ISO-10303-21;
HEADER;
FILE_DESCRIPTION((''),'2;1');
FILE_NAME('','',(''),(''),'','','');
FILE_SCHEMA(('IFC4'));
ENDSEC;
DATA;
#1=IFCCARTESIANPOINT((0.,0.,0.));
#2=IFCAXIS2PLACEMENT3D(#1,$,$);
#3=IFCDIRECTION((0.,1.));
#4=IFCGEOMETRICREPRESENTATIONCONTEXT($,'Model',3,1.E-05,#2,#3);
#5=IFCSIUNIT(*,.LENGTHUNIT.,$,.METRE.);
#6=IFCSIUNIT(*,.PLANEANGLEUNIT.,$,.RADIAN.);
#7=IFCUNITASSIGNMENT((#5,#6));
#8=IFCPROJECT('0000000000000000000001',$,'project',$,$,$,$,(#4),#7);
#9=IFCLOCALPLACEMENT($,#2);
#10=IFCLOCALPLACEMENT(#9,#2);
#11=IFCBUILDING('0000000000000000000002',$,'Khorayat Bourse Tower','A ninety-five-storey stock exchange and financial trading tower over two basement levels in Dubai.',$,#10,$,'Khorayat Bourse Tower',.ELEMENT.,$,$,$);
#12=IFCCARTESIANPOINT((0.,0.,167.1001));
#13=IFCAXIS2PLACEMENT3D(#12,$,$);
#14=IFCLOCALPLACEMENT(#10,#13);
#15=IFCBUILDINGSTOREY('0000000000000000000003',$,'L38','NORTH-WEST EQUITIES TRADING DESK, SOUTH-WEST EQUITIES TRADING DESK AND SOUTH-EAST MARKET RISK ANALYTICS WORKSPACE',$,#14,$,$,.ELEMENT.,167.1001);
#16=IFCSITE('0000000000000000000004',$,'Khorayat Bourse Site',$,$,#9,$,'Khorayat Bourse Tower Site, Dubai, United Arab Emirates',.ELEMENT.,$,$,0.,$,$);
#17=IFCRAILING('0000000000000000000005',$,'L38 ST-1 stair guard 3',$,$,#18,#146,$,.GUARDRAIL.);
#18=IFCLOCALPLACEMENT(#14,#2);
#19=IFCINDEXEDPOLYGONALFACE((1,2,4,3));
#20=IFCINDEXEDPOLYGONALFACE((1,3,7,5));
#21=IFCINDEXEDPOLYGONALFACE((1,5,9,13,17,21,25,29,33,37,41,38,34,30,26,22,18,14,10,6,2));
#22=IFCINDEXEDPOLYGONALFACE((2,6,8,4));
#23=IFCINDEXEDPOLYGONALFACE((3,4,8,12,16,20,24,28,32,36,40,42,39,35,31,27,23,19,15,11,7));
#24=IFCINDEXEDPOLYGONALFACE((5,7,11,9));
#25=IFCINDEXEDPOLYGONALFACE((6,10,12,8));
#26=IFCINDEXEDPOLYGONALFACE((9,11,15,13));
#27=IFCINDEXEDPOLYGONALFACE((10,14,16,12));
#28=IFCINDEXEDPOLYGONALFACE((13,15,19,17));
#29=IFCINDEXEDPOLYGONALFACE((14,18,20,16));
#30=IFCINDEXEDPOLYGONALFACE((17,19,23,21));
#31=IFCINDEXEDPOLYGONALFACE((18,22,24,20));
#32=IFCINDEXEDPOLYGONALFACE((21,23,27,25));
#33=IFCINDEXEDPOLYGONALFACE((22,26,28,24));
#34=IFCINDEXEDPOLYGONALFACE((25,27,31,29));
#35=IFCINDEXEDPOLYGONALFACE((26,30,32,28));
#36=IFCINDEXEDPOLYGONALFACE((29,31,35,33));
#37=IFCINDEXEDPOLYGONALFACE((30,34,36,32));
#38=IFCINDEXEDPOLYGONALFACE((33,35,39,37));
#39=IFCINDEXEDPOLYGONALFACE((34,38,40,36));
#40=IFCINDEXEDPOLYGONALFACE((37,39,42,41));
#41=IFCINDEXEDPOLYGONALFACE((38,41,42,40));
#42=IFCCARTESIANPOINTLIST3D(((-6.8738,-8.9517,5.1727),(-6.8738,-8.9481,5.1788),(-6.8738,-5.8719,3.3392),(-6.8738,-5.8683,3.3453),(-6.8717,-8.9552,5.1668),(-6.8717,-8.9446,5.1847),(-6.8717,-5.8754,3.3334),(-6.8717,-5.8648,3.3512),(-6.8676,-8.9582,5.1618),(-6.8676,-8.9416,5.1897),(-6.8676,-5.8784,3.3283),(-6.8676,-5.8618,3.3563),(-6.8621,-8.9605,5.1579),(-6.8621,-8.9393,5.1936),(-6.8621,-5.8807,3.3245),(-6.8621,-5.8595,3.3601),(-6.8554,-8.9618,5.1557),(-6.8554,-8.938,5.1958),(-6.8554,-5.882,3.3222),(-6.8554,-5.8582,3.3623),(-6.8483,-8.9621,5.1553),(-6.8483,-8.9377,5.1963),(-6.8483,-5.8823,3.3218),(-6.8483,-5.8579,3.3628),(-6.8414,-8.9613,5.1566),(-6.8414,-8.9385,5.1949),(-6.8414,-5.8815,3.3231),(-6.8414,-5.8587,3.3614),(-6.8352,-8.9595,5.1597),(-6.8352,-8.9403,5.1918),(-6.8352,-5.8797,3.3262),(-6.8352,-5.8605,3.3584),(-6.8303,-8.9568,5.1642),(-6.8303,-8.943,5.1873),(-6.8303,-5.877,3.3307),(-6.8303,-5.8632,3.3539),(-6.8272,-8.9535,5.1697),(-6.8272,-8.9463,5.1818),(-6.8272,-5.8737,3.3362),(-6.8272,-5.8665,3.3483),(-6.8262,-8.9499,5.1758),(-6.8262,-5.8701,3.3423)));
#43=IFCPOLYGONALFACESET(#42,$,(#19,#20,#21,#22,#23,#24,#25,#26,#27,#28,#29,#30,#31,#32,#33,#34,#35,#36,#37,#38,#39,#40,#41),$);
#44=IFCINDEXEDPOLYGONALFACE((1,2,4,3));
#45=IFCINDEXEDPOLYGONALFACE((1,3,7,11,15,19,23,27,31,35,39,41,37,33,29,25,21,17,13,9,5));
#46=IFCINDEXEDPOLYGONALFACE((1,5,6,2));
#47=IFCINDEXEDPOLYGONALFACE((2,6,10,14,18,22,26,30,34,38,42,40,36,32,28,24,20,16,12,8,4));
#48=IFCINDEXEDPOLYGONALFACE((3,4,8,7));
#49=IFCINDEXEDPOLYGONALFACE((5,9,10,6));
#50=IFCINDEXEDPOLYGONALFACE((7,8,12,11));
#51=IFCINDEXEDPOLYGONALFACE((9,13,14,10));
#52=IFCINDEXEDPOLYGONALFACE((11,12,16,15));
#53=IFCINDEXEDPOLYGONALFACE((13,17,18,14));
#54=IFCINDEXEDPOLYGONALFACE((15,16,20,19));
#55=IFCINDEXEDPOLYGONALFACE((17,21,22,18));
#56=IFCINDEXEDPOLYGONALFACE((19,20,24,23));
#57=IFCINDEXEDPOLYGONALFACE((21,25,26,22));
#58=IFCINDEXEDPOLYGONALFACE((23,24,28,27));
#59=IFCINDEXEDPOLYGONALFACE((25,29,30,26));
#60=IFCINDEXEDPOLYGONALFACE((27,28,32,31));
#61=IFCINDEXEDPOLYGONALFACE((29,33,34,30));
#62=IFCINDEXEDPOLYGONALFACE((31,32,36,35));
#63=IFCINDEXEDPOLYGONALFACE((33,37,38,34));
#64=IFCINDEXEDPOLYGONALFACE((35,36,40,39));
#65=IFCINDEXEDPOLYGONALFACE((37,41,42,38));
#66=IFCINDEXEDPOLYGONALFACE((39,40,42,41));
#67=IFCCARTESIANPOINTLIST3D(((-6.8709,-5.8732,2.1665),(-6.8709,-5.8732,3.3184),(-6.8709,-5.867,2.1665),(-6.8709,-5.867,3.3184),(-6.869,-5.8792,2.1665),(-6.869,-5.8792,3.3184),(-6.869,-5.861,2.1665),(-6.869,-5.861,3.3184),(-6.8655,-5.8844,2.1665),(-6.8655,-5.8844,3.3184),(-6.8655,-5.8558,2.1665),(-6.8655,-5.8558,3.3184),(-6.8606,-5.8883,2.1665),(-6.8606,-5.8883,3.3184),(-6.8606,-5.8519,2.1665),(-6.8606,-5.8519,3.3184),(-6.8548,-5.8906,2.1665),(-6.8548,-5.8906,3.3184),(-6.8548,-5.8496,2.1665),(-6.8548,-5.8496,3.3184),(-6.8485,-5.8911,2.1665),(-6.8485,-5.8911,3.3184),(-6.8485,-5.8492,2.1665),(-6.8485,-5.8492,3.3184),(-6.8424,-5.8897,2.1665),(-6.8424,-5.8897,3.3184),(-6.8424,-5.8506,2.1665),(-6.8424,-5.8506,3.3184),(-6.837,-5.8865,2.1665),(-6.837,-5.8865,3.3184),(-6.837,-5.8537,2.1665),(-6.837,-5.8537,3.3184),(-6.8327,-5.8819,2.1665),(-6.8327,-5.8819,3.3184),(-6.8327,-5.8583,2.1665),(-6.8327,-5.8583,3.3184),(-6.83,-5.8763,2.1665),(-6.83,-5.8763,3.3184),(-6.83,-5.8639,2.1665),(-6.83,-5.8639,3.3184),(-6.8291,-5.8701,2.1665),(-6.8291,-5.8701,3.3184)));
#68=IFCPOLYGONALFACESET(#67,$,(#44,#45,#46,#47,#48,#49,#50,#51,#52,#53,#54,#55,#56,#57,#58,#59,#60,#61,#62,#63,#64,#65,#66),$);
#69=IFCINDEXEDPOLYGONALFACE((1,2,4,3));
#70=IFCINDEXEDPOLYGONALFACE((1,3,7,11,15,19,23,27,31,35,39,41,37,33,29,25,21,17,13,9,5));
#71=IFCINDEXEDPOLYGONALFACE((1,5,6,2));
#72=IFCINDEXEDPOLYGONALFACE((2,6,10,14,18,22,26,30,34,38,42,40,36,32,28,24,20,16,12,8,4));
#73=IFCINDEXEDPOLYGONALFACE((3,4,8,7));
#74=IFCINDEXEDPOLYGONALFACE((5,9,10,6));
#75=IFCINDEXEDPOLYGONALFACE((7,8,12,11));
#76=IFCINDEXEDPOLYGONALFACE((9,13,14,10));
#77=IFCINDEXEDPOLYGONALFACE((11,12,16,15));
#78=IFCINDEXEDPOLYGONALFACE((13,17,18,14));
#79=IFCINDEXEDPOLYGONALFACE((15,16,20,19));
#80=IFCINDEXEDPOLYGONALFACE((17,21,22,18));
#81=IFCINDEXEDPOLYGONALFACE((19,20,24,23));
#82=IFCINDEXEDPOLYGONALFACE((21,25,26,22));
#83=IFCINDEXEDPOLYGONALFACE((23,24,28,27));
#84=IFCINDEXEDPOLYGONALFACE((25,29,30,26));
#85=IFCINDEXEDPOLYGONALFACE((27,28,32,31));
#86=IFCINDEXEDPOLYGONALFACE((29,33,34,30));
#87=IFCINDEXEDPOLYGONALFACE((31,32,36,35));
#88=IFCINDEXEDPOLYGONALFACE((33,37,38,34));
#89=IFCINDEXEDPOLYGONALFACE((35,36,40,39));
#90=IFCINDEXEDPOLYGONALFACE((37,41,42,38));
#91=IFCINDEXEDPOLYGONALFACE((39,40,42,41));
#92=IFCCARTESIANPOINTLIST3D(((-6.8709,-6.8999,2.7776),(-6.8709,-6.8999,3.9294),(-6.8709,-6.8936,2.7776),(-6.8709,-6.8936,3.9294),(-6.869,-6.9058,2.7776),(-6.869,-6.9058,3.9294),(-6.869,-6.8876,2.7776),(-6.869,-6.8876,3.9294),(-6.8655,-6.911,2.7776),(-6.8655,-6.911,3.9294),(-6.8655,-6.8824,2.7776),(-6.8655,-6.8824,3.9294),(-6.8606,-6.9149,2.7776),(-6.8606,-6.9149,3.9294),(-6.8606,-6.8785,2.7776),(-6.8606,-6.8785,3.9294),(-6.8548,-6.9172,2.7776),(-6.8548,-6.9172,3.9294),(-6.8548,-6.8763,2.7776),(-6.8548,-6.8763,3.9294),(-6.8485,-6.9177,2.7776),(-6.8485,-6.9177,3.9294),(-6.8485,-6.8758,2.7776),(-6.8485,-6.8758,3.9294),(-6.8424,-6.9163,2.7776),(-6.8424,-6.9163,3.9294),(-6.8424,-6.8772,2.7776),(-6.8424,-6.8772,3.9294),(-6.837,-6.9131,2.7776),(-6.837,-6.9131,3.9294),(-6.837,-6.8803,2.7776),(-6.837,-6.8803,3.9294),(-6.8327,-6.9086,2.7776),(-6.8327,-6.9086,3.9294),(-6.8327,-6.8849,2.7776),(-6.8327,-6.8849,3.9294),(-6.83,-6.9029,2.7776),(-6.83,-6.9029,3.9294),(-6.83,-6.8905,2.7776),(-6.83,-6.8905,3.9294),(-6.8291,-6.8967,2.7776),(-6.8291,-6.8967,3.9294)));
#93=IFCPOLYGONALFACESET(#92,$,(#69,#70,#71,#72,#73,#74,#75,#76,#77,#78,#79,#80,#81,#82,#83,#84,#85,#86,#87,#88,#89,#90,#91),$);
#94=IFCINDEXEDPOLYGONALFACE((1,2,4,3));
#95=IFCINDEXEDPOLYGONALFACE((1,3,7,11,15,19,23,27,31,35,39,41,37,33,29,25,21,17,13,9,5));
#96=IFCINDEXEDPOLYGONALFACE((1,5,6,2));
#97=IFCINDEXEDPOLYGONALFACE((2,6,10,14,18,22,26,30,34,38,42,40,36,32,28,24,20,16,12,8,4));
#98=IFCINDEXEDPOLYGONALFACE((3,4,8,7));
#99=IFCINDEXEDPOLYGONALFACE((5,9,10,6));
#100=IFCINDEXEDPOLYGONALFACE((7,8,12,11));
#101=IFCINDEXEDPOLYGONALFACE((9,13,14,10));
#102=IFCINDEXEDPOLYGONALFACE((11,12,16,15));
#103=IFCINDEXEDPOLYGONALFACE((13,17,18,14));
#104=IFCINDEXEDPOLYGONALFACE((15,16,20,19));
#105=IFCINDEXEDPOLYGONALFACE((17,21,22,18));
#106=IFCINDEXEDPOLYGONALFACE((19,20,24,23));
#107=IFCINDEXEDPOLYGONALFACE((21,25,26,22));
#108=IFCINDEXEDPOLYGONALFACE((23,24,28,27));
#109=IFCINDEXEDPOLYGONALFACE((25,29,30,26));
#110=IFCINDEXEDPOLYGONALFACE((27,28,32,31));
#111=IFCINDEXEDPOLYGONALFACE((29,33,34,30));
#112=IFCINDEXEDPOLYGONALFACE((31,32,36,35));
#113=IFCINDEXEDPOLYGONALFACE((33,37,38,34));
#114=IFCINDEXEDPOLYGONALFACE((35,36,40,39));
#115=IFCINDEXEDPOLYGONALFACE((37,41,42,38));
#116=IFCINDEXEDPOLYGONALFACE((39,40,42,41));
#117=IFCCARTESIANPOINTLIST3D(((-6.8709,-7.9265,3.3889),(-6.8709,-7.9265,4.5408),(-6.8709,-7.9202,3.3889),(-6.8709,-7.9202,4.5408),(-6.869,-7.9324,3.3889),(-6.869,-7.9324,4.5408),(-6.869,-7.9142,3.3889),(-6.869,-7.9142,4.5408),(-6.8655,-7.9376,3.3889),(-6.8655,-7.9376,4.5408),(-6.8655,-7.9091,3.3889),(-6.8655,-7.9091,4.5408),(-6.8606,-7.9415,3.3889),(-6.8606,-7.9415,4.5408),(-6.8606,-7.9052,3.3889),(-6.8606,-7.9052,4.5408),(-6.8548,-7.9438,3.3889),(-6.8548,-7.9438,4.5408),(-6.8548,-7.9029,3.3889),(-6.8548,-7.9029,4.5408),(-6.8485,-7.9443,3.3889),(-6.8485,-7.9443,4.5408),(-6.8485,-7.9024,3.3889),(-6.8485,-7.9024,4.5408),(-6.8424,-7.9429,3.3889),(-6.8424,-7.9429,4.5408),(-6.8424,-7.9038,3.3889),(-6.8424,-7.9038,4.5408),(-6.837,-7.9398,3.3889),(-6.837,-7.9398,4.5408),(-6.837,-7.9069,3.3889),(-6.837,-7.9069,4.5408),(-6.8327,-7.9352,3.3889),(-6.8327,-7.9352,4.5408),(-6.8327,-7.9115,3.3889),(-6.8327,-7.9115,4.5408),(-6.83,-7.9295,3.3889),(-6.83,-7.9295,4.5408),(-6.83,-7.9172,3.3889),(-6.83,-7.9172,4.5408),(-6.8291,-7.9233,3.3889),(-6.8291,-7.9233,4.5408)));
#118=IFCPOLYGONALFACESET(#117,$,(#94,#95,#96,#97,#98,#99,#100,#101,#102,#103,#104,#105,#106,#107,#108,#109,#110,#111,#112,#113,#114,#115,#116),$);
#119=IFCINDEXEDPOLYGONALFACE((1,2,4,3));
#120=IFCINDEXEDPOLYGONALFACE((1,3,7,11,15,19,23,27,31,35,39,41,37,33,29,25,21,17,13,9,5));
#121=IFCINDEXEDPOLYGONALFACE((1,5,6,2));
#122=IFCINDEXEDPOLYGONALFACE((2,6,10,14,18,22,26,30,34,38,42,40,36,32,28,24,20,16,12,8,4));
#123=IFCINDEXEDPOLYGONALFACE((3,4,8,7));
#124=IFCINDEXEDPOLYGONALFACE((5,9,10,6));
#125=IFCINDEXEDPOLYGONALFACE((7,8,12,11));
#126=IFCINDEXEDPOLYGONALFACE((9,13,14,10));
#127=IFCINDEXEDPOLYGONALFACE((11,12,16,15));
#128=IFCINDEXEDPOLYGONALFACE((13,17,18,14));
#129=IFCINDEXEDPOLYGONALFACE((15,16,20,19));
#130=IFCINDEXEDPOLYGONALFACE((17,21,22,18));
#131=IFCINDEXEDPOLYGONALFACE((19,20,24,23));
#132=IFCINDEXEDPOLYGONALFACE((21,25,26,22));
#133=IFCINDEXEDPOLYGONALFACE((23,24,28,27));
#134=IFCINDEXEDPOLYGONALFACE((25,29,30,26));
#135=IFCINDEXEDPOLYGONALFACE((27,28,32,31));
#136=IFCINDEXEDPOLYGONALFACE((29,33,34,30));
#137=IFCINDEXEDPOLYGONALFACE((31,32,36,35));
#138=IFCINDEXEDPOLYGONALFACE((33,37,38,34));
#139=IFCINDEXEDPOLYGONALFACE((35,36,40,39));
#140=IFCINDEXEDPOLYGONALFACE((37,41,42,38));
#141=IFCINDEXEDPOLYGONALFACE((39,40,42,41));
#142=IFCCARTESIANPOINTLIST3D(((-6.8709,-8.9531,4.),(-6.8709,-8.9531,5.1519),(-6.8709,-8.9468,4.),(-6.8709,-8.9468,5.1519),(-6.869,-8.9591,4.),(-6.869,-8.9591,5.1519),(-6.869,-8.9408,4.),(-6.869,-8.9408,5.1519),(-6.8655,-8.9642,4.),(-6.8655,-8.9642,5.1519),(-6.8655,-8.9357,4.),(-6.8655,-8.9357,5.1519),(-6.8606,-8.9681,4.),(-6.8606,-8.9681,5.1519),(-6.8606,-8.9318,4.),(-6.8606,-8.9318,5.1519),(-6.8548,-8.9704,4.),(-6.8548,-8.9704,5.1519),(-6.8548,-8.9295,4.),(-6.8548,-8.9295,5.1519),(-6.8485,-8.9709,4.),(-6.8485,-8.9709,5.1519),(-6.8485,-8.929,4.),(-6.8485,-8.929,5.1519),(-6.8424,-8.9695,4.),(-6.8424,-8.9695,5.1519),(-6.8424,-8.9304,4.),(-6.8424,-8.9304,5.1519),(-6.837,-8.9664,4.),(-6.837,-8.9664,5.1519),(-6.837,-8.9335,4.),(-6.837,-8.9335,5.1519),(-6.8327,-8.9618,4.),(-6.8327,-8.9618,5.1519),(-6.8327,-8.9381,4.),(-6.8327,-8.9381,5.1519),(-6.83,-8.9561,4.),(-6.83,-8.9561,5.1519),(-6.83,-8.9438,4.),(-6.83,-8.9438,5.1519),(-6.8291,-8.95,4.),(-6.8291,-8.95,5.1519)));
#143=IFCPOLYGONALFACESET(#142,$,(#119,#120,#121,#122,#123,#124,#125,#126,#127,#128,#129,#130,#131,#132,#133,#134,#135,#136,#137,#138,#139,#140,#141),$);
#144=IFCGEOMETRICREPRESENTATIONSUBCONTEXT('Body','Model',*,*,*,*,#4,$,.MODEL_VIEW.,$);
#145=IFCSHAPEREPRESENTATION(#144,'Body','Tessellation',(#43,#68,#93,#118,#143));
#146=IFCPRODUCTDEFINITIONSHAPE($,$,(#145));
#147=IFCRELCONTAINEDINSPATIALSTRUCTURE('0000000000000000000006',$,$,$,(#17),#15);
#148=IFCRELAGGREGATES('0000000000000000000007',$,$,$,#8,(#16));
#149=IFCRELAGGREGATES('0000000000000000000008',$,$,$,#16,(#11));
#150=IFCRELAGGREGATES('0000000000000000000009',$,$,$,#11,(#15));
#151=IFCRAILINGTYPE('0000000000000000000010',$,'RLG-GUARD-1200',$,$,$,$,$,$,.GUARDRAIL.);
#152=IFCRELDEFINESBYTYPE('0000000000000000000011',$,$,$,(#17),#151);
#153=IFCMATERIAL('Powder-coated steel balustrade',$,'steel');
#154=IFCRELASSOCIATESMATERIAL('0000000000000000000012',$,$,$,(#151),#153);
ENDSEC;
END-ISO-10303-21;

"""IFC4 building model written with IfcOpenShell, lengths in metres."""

from ifc_helpers import new_model, si_unit, direction, frame, origin, origin_2d, place, context, subcontext, project, spatial, circle, extrude, source, transform, mapped, material, type_object, element, save


model = new_model("IFC4")

# Units and contexts
model_context = context("Model", 3, precision=1e-05, world=origin(), true_north=direction((0.0, 1.0)))
body_context = subcontext(model_context, "Body", "Model", "MODEL_VIEW")
ifc_project = project(units=[si_unit("LENGTHUNIT", "METRE"), si_unit("PLANEANGLEUNIT", "RADIAN")], contexts=[model_context])

# Site, building, storey
site_placement = place(None, origin())
site = spatial("IfcSite", under=ifc_project, at=site_placement, Name="Khorayat Bourse Site", LongName="Khorayat Bourse Tower Site, Dubai, United Arab Emirates", CompositionType="ELEMENT", RefElevation=0.0)
building_placement = place(site_placement, origin())
building = spatial("IfcBuilding", under=site, at=building_placement, Name="Khorayat Bourse Tower", Description="A ninety-five-storey stock exchange and financial trading tower over two basement levels in Dubai.", LongName="Khorayat Bourse Tower", CompositionType="ELEMENT")
storey_placement = place(building_placement, frame((0.0, 0.0, 167.1001)))
storey = spatial("IfcBuildingStorey", under=building, at=storey_placement, Name="L38", Description="NORTH-WEST EQUITIES TRADING DESK, SOUTH-WEST EQUITIES TRADING DESK AND SOUTH-EAST MARKET RISK ANALYTICS WORKSPACE", CompositionType="ELEMENT", Elevation=167.1001)

# Railing
ifc_material_1 = material(Name="Powder-coated steel balustrade", Category="steel")
railing_type_1 = type_object("IfcRailingType", Name="RLG-GUARD-1200", PredefinedType="GUARDRAIL", material=ifc_material_1)
shared_shape_1 = source(origin(), body_context, "Body", "SweptSolid", [
    extrude(circle(Radius=0.0239, at=origin_2d()), frame((0.0, 0.0, 1.1758), z_axis=(0.0, -0.859261, 0.511538), x_axis=(1.0, 0.0, 0.0)), (0.0, 0.0, 1.0), 3.5842),
    extrude(circle(Radius=0.021, at=origin_2d()), origin(), (0.0, 0.0, 1.0), 1.1519),
    extrude(circle(Radius=0.021, at=origin_2d()), frame((0.0, -1.0266, 0.6111)), (0.0, 0.0, 1.0), 1.1519),
    extrude(circle(Radius=0.021, at=origin_2d()), frame((0.0, -2.0532, 1.2224)), (0.0, 0.0, 1.0), 1.1519),
    extrude(circle(Radius=0.021, at=origin_2d()), frame((0.0, -3.0798, 1.8335)), (0.0, 0.0, 1.0), 1.1519),
])
railing_1_placement = place(storey_placement, frame((-6.8501, -5.8701, 2.1665)))
element("IfcRailing", 1, at=railing_1_placement, inside=storey, type_object=railing_type_1, Name="L38 ST-1 stair guard 3", PredefinedType="GUARDRAIL", context=body_context, shape_type="MappedRepresentation", body=[
    mapped(shared_shape_1, transform((0.0, 0.0, 0.0), scale=1.0)),
])

save(model, "model.ifc")
